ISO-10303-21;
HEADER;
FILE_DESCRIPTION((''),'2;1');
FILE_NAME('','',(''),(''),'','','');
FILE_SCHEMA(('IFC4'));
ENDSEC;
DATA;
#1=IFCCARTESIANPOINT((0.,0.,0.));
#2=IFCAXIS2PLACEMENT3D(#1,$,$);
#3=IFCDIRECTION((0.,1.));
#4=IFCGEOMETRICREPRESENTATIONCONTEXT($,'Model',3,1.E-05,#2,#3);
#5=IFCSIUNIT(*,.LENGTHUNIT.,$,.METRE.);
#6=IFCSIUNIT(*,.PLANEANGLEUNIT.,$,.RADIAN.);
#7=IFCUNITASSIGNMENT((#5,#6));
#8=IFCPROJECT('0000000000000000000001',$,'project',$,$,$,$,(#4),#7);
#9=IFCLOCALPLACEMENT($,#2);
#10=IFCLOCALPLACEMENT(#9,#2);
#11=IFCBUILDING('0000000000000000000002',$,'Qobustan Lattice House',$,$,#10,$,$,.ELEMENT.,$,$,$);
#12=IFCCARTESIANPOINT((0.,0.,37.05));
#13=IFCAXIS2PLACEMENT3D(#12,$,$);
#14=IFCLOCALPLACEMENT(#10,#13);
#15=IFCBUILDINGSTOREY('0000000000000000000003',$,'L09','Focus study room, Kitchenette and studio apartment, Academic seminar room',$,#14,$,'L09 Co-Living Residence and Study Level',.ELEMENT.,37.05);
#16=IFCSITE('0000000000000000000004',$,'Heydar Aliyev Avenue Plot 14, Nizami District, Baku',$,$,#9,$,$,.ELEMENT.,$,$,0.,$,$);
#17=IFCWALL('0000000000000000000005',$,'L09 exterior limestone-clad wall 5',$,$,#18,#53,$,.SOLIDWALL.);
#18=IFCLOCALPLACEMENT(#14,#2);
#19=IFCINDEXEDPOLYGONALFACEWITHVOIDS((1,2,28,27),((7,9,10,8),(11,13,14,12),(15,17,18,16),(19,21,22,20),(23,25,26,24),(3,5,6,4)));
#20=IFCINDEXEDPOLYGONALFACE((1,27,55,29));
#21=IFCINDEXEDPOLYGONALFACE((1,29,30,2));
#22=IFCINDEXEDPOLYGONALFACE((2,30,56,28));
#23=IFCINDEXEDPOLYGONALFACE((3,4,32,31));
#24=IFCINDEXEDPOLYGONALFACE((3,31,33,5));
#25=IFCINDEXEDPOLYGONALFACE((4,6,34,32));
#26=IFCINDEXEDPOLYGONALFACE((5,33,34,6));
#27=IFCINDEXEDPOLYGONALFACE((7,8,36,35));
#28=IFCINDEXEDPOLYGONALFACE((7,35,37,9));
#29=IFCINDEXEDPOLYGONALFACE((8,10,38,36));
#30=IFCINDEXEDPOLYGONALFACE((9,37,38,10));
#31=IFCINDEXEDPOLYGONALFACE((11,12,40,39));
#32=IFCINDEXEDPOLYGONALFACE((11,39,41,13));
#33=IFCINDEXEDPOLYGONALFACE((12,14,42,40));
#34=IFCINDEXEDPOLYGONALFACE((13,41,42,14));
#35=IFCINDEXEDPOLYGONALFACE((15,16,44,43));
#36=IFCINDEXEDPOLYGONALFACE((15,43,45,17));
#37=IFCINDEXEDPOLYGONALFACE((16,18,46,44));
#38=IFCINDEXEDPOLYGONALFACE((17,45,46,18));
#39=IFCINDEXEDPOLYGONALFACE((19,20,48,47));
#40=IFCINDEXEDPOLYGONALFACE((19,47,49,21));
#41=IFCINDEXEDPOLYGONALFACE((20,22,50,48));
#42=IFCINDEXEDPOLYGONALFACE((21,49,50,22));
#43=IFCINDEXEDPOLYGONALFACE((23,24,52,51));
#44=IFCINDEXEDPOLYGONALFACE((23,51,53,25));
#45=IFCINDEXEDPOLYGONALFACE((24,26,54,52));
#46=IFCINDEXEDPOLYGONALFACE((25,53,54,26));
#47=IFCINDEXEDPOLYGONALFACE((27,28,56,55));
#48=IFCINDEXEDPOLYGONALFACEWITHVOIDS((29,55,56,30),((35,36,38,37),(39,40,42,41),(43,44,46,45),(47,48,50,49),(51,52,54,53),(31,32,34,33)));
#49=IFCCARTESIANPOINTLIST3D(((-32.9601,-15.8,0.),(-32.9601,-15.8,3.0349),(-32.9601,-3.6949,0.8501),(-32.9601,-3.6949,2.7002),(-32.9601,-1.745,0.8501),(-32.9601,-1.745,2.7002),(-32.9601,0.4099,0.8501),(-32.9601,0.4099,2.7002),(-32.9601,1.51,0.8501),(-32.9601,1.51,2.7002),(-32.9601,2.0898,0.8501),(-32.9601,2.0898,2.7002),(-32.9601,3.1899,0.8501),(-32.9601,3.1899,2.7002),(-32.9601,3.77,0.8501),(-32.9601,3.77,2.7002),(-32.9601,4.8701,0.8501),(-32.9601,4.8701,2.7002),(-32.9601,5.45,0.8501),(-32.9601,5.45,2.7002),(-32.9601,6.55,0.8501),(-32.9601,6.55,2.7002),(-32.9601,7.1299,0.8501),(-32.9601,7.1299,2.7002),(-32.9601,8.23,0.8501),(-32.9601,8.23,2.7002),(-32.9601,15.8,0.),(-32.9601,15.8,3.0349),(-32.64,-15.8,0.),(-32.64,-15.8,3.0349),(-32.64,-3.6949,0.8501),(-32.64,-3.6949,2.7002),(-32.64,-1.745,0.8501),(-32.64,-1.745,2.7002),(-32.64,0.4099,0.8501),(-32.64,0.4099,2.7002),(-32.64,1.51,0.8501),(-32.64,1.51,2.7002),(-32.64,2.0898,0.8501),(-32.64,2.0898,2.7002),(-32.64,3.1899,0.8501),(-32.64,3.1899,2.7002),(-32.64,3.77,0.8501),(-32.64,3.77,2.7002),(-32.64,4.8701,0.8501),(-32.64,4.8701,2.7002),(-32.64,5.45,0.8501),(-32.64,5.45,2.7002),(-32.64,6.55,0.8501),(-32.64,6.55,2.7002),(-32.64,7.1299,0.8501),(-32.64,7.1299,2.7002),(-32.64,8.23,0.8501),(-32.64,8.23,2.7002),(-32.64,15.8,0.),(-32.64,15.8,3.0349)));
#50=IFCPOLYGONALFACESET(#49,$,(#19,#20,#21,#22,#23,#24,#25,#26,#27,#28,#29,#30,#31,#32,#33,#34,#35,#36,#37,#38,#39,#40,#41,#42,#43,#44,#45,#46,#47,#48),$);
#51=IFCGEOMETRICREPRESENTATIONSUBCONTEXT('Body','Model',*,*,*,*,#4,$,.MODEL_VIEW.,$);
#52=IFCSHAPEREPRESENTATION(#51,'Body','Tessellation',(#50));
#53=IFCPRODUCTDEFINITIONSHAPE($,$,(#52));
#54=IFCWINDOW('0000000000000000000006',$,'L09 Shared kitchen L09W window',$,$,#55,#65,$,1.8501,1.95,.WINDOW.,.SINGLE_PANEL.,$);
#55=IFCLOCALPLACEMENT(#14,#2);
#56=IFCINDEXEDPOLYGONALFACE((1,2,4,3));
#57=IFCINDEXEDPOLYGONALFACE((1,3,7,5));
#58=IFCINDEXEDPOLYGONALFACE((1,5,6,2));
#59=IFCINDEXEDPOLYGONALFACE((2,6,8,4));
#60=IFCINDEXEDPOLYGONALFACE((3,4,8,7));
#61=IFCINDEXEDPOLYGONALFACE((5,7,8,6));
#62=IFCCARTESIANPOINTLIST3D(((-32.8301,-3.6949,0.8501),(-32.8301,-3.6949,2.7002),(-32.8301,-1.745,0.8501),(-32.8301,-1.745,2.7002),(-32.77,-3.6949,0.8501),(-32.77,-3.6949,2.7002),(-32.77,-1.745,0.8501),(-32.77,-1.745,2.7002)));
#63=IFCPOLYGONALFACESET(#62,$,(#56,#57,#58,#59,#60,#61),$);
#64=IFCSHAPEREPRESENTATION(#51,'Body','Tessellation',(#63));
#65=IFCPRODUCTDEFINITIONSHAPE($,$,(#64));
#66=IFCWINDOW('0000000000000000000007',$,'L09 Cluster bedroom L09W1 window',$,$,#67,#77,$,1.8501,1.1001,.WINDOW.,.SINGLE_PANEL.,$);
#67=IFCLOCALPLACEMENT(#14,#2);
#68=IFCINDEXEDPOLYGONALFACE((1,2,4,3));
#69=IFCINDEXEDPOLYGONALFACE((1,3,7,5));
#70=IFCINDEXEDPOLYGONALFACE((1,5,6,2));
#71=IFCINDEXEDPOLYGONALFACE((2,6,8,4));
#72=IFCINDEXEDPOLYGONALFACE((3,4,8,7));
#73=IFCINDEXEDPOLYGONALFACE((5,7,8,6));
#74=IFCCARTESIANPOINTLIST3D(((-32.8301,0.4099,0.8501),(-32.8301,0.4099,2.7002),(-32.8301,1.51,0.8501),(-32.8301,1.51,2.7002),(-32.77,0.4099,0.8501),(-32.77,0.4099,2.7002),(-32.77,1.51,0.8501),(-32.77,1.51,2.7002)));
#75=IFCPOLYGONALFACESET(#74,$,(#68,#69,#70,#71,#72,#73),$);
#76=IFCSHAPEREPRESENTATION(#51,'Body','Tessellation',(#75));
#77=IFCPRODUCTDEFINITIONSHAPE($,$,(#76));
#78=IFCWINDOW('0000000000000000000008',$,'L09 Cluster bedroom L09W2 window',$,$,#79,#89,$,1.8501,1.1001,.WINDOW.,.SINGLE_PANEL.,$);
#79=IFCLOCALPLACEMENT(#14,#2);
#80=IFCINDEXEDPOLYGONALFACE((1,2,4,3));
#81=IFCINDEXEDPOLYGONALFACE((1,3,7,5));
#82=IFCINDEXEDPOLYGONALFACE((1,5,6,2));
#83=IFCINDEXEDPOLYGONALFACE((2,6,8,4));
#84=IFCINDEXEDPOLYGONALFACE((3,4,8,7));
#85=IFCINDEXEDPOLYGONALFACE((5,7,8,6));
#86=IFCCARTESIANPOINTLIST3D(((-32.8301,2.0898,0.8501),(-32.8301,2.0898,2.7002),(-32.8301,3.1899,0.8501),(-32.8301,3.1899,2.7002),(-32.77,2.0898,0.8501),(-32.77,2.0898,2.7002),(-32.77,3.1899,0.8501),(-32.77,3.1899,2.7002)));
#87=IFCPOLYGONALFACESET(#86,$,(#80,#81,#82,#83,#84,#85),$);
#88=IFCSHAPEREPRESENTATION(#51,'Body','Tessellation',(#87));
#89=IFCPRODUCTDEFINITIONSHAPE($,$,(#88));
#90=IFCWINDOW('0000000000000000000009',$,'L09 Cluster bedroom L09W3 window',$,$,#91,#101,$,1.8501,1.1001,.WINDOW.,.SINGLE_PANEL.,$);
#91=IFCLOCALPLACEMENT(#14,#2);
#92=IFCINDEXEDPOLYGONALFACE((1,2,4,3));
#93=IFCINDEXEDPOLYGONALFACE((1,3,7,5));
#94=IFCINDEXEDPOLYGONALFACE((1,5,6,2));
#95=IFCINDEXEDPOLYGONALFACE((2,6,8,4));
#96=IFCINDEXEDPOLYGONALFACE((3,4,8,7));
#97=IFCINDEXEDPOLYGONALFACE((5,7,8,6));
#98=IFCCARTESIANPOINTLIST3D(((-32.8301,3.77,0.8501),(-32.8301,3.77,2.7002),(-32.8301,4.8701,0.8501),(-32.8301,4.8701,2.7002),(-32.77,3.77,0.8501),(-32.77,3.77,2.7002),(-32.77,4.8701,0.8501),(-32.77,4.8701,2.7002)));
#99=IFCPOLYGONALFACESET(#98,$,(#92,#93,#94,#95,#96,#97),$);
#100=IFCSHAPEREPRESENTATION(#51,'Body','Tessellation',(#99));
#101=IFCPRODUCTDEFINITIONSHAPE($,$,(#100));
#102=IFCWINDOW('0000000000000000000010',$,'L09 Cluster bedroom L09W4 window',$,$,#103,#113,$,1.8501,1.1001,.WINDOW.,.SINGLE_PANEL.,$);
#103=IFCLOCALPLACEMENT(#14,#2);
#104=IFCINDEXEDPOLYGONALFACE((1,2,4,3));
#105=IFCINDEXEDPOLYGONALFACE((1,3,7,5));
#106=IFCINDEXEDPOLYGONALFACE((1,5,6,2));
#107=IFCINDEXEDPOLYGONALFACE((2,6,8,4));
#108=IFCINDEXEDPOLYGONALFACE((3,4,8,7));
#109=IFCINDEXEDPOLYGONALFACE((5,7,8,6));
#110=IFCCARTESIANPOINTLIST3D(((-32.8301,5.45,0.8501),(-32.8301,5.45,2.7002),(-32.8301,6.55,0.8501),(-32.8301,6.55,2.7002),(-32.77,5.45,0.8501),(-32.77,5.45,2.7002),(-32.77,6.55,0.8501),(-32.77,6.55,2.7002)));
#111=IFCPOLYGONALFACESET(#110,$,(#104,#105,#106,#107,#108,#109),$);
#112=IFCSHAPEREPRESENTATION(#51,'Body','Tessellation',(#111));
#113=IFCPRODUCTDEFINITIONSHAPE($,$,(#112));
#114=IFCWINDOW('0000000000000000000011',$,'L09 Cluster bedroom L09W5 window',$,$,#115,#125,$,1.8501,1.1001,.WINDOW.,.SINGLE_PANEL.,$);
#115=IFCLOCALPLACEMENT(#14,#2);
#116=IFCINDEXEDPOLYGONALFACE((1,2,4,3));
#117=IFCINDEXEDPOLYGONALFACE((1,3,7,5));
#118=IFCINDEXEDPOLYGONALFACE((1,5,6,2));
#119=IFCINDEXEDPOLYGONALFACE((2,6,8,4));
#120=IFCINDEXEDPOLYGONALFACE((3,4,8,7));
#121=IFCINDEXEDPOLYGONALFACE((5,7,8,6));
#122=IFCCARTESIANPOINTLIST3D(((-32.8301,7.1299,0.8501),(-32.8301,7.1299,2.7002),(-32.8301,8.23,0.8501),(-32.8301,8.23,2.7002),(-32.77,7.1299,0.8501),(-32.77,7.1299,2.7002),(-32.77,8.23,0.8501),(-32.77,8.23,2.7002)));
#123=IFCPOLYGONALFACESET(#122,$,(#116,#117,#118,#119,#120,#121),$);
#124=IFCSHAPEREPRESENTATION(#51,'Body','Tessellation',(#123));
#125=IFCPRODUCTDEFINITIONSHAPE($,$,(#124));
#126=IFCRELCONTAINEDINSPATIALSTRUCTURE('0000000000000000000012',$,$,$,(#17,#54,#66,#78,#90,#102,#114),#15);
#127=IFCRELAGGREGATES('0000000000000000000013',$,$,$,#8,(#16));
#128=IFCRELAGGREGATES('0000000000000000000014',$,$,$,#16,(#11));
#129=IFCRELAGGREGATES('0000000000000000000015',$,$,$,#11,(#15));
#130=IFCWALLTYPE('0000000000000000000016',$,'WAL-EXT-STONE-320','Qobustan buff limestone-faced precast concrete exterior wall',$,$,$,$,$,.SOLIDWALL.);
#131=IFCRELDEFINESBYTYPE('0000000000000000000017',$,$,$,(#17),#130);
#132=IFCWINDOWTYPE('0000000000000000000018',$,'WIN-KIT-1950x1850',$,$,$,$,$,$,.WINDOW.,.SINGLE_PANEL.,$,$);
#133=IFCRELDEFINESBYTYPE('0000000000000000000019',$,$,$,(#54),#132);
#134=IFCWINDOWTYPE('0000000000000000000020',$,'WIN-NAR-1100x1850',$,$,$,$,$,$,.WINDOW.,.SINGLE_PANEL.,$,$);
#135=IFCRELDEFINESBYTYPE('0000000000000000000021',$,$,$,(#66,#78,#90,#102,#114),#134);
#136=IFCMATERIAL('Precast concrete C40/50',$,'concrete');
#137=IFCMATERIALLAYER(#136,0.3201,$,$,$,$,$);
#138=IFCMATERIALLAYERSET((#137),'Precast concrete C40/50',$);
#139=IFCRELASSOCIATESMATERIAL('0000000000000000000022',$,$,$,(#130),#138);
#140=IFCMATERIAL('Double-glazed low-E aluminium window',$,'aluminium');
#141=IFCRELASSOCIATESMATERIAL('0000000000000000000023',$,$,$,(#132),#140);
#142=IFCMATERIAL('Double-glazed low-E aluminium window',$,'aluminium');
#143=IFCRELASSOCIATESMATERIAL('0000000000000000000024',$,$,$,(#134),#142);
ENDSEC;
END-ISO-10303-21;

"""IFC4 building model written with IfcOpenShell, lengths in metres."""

from ifc_helpers import new_model, si_unit, direction, frame, frame_2d, origin, place, context, subcontext, project, spatial, rectangle, extrude, material, layer, layer_set, type_object, element, fill, save


model = new_model("IFC4")

# Units and contexts
model_context = context("Model", 3, precision=1e-05, world=origin(), true_north=direction((0.0, 1.0)))
body_context = subcontext(model_context, "Body", "Model", "MODEL_VIEW")
ifc_project = project(units=[si_unit("LENGTHUNIT", "METRE"), si_unit("PLANEANGLEUNIT", "RADIAN")], contexts=[model_context])

# Site, building, storey
site_placement = place(None, origin())
site = spatial("IfcSite", under=ifc_project, at=site_placement, Name="Heydar Aliyev Avenue Plot 14, Nizami District, Baku", CompositionType="ELEMENT", RefElevation=0.0)
building_placement = place(site_placement, origin())
building = spatial("IfcBuilding", under=site, at=building_placement, Name="Qobustan Lattice House", CompositionType="ELEMENT")
storey_placement = place(building_placement, frame((0.0, 0.0, 37.05)))
storey = spatial("IfcBuildingStorey", under=building, at=storey_placement, Name="L09", Description="Focus study room, Kitchenette and studio apartment, Academic seminar room", LongName="L09 Co-Living Residence and Study Level", CompositionType="ELEMENT", Elevation=37.05)

# Shared definitions
ifc_material_1 = material(Name="Precast concrete C40/50", Category="concrete")
ifc_layer_1 = layer(ifc_material_1, 0.3201)
ifc_layer_set_1 = layer_set([ifc_layer_1], Name="Precast concrete C40/50")
wall_type = type_object("IfcWallType", Name="WAL-EXT-STONE-320", Description="Qobustan buff limestone-faced precast concrete exterior wall", PredefinedType="SOLIDWALL", material=ifc_layer_set_1)

# Wall, openings, windows
wall_1_placement = place(storey_placement, frame((-32.8, -15.8, 0.0), z_axis=(0.0, 0.0, 1.0), x_axis=(0.0, 1.0, 0.0)))
wall_1 = element("IfcWall", 1, at=wall_1_placement, inside=storey, type_object=wall_type, Name="L09 exterior limestone-clad wall 5", PredefinedType="SOLIDWALL", context=body_context, shape_type="SweptSolid", body=[
    extrude(rectangle(XDim=31.6001, YDim=0.3201, at=frame_2d((15.8, 0.0))), origin(), (0.0, 0.0, 1.0), 3.0349),
])
opening_1_placement = place(wall_1_placement, frame((12.105, 0.0, 0.8501)))
opening_1 = element("IfcOpeningElement", 2, at=opening_1_placement, cuts=wall_1, PredefinedType="OPENING", context=body_context, shape_type="SweptSolid", body=[
    extrude(rectangle(XDim=1.95, YDim=1.8501, at=frame_2d((0.9751, 0.925))), frame((0.0, 0.1699, 0.0), z_axis=(0.0, -1.0, 0.0), x_axis=(1.0, 0.0, 0.0)), (0.0, 0.0, 1.0), 0.3401),
])
opening_2_placement = place(wall_1_placement, frame((16.21, 0.0, 0.8501)))
opening_2 = element("IfcOpeningElement", 3, at=opening_2_placement, cuts=wall_1, PredefinedType="OPENING", context=body_context, shape_type="SweptSolid", body=[
    extrude(rectangle(XDim=1.1001, YDim=1.8501, at=frame_2d((0.55, 0.925))), frame((0.0, 0.1699, 0.0), z_axis=(0.0, -1.0, 0.0), x_axis=(1.0, 0.0, 0.0)), (0.0, 0.0, 1.0), 0.3401),
])
opening_3_placement = place(wall_1_placement, frame((17.8899, 0.0, 0.8501)))
opening_3 = element("IfcOpeningElement", 4, at=opening_3_placement, cuts=wall_1, PredefinedType="OPENING", context=body_context, shape_type="SweptSolid", body=[
    extrude(rectangle(XDim=1.1001, YDim=1.8501, at=frame_2d((0.55, 0.925))), frame((0.0, 0.1699, 0.0), z_axis=(0.0, -1.0, 0.0), x_axis=(1.0, 0.0, 0.0)), (0.0, 0.0, 1.0), 0.3401),
])
opening_4_placement = place(wall_1_placement, frame((19.5701, 0.0, 0.8501)))
opening_4 = element("IfcOpeningElement", 5, at=opening_4_placement, cuts=wall_1, PredefinedType="OPENING", context=body_context, shape_type="SweptSolid", body=[
    extrude(rectangle(XDim=1.1001, YDim=1.8501, at=frame_2d((0.55, 0.925))), frame((0.0, 0.1699, 0.0), z_axis=(0.0, -1.0, 0.0), x_axis=(1.0, 0.0, 0.0)), (0.0, 0.0, 1.0), 0.3401),
])
opening_5_placement = place(wall_1_placement, frame((21.25, 0.0, 0.8501)))
opening_5 = element("IfcOpeningElement", 6, at=opening_5_placement, cuts=wall_1, PredefinedType="OPENING", context=body_context, shape_type="SweptSolid", body=[
    extrude(rectangle(XDim=1.1001, YDim=1.8501, at=frame_2d((0.55, 0.925))), frame((0.0, 0.1699, 0.0), z_axis=(0.0, -1.0, 0.0), x_axis=(1.0, 0.0, 0.0)), (0.0, 0.0, 1.0), 0.3401),
])
opening_6_placement = place(wall_1_placement, frame((22.9299, 0.0, 0.8501)))
opening_6 = element("IfcOpeningElement", 7, at=opening_6_placement, cuts=wall_1, PredefinedType="OPENING", context=body_context, shape_type="SweptSolid", body=[
    extrude(rectangle(XDim=1.1001, YDim=1.8501, at=frame_2d((0.55, 0.925))), frame((0.0, 0.1699, 0.0), z_axis=(0.0, -1.0, 0.0), x_axis=(1.0, 0.0, 0.0)), (0.0, 0.0, 1.0), 0.3401),
])
ifc_material_2 = material(Name="Double-glazed low-E aluminium window", Category="aluminium")
window_type_1 = type_object("IfcWindowType", Name="WIN-KIT-1950x1850", PartitioningType="SINGLE_PANEL", PredefinedType="WINDOW", material=ifc_material_2)
window_1_placement = place(opening_1_placement, origin())
window_1 = element("IfcWindow", 8, at=window_1_placement, inside=storey, type_object=window_type_1, Name="L09 Shared kitchen L09W window", OverallHeight=1.8501, OverallWidth=1.95, PartitioningType="SINGLE_PANEL", PredefinedType="WINDOW", context=body_context, shape_type="SweptSolid", body=[
    extrude(rectangle(XDim=1.95, YDim=1.8501, at=frame_2d((0.9751, 0.925))), frame((0.0, 0.03, 0.0), z_axis=(0.0, -1.0, 0.0), x_axis=(1.0, 0.0, 0.0)), (0.0, 0.0, 1.0), 0.0601),
])
fill(opening_1, window_1)
ifc_material_3 = material(Name="Double-glazed low-E aluminium window", Category="aluminium")
window_type_2 = type_object("IfcWindowType", Name="WIN-NAR-1100x1850", PartitioningType="SINGLE_PANEL", PredefinedType="WINDOW", material=ifc_material_3)
window_2_placement = place(opening_2_placement, origin())
window_2 = element("IfcWindow", 9, at=window_2_placement, inside=storey, type_object=window_type_2, Name="L09 Cluster bedroom L09W1 window", OverallHeight=1.8501, OverallWidth=1.1001, PartitioningType="SINGLE_PANEL", PredefinedType="WINDOW", context=body_context, shape_type="SweptSolid", body=[
    extrude(rectangle(XDim=1.1001, YDim=1.8501, at=frame_2d((0.55, 0.925))), frame((0.0, 0.03, 0.0), z_axis=(0.0, -1.0, 0.0), x_axis=(1.0, 0.0, 0.0)), (0.0, 0.0, 1.0), 0.0601),
])
fill(opening_2, window_2)
window_3_placement = place(opening_3_placement, origin())
window_3 = element("IfcWindow", 10, at=window_3_placement, inside=storey, type_object=window_type_2, Name="L09 Cluster bedroom L09W2 window", OverallHeight=1.8501, OverallWidth=1.1001, PartitioningType="SINGLE_PANEL", PredefinedType="WINDOW", context=body_context, shape_type="SweptSolid", body=[
    extrude(rectangle(XDim=1.1001, YDim=1.8501, at=frame_2d((0.55, 0.925))), frame((0.0, 0.03, 0.0), z_axis=(0.0, -1.0, 0.0), x_axis=(1.0, 0.0, 0.0)), (0.0, 0.0, 1.0), 0.0601),
])
fill(opening_3, window_3)
window_4_placement = place(opening_4_placement, origin())
window_4 = element("IfcWindow", 11, at=window_4_placement, inside=storey, type_object=window_type_2, Name="L09 Cluster bedroom L09W3 window", OverallHeight=1.8501, OverallWidth=1.1001, PartitioningType="SINGLE_PANEL", PredefinedType="WINDOW", context=body_context, shape_type="SweptSolid", body=[
    extrude(rectangle(XDim=1.1001, YDim=1.8501, at=frame_2d((0.55, 0.925))), frame((0.0, 0.03, 0.0), z_axis=(0.0, -1.0, 0.0), x_axis=(1.0, 0.0, 0.0)), (0.0, 0.0, 1.0), 0.0601),
])
fill(opening_4, window_4)
window_5_placement = place(opening_5_placement, origin())
window_5 = element("IfcWindow", 12, at=window_5_placement, inside=storey, type_object=window_type_2, Name="L09 Cluster bedroom L09W4 window", OverallHeight=1.8501, OverallWidth=1.1001, PartitioningType="SINGLE_PANEL", PredefinedType="WINDOW", context=body_context, shape_type="SweptSolid", body=[
    extrude(rectangle(XDim=1.1001, YDim=1.8501, at=frame_2d((0.55, 0.925))), frame((0.0, 0.03, 0.0), z_axis=(0.0, -1.0, 0.0), x_axis=(1.0, 0.0, 0.0)), (0.0, 0.0, 1.0), 0.0601),
])
fill(opening_5, window_5)
window_6_placement = place(opening_6_placement, origin())
window_6 = element("IfcWindow", 13, at=window_6_placement, inside=storey, type_object=window_type_2, Name="L09 Cluster bedroom L09W5 window", OverallHeight=1.8501, OverallWidth=1.1001, PartitioningType="SINGLE_PANEL", PredefinedType="WINDOW", context=body_context, shape_type="SweptSolid", body=[
    extrude(rectangle(XDim=1.1001, YDim=1.8501, at=frame_2d((0.55, 0.925))), frame((0.0, 0.03, 0.0), z_axis=(0.0, -1.0, 0.0), x_axis=(1.0, 0.0, 0.0)), (0.0, 0.0, 1.0), 0.0601),
])
fill(opening_6, window_6)

save(model, "model.ifc")
